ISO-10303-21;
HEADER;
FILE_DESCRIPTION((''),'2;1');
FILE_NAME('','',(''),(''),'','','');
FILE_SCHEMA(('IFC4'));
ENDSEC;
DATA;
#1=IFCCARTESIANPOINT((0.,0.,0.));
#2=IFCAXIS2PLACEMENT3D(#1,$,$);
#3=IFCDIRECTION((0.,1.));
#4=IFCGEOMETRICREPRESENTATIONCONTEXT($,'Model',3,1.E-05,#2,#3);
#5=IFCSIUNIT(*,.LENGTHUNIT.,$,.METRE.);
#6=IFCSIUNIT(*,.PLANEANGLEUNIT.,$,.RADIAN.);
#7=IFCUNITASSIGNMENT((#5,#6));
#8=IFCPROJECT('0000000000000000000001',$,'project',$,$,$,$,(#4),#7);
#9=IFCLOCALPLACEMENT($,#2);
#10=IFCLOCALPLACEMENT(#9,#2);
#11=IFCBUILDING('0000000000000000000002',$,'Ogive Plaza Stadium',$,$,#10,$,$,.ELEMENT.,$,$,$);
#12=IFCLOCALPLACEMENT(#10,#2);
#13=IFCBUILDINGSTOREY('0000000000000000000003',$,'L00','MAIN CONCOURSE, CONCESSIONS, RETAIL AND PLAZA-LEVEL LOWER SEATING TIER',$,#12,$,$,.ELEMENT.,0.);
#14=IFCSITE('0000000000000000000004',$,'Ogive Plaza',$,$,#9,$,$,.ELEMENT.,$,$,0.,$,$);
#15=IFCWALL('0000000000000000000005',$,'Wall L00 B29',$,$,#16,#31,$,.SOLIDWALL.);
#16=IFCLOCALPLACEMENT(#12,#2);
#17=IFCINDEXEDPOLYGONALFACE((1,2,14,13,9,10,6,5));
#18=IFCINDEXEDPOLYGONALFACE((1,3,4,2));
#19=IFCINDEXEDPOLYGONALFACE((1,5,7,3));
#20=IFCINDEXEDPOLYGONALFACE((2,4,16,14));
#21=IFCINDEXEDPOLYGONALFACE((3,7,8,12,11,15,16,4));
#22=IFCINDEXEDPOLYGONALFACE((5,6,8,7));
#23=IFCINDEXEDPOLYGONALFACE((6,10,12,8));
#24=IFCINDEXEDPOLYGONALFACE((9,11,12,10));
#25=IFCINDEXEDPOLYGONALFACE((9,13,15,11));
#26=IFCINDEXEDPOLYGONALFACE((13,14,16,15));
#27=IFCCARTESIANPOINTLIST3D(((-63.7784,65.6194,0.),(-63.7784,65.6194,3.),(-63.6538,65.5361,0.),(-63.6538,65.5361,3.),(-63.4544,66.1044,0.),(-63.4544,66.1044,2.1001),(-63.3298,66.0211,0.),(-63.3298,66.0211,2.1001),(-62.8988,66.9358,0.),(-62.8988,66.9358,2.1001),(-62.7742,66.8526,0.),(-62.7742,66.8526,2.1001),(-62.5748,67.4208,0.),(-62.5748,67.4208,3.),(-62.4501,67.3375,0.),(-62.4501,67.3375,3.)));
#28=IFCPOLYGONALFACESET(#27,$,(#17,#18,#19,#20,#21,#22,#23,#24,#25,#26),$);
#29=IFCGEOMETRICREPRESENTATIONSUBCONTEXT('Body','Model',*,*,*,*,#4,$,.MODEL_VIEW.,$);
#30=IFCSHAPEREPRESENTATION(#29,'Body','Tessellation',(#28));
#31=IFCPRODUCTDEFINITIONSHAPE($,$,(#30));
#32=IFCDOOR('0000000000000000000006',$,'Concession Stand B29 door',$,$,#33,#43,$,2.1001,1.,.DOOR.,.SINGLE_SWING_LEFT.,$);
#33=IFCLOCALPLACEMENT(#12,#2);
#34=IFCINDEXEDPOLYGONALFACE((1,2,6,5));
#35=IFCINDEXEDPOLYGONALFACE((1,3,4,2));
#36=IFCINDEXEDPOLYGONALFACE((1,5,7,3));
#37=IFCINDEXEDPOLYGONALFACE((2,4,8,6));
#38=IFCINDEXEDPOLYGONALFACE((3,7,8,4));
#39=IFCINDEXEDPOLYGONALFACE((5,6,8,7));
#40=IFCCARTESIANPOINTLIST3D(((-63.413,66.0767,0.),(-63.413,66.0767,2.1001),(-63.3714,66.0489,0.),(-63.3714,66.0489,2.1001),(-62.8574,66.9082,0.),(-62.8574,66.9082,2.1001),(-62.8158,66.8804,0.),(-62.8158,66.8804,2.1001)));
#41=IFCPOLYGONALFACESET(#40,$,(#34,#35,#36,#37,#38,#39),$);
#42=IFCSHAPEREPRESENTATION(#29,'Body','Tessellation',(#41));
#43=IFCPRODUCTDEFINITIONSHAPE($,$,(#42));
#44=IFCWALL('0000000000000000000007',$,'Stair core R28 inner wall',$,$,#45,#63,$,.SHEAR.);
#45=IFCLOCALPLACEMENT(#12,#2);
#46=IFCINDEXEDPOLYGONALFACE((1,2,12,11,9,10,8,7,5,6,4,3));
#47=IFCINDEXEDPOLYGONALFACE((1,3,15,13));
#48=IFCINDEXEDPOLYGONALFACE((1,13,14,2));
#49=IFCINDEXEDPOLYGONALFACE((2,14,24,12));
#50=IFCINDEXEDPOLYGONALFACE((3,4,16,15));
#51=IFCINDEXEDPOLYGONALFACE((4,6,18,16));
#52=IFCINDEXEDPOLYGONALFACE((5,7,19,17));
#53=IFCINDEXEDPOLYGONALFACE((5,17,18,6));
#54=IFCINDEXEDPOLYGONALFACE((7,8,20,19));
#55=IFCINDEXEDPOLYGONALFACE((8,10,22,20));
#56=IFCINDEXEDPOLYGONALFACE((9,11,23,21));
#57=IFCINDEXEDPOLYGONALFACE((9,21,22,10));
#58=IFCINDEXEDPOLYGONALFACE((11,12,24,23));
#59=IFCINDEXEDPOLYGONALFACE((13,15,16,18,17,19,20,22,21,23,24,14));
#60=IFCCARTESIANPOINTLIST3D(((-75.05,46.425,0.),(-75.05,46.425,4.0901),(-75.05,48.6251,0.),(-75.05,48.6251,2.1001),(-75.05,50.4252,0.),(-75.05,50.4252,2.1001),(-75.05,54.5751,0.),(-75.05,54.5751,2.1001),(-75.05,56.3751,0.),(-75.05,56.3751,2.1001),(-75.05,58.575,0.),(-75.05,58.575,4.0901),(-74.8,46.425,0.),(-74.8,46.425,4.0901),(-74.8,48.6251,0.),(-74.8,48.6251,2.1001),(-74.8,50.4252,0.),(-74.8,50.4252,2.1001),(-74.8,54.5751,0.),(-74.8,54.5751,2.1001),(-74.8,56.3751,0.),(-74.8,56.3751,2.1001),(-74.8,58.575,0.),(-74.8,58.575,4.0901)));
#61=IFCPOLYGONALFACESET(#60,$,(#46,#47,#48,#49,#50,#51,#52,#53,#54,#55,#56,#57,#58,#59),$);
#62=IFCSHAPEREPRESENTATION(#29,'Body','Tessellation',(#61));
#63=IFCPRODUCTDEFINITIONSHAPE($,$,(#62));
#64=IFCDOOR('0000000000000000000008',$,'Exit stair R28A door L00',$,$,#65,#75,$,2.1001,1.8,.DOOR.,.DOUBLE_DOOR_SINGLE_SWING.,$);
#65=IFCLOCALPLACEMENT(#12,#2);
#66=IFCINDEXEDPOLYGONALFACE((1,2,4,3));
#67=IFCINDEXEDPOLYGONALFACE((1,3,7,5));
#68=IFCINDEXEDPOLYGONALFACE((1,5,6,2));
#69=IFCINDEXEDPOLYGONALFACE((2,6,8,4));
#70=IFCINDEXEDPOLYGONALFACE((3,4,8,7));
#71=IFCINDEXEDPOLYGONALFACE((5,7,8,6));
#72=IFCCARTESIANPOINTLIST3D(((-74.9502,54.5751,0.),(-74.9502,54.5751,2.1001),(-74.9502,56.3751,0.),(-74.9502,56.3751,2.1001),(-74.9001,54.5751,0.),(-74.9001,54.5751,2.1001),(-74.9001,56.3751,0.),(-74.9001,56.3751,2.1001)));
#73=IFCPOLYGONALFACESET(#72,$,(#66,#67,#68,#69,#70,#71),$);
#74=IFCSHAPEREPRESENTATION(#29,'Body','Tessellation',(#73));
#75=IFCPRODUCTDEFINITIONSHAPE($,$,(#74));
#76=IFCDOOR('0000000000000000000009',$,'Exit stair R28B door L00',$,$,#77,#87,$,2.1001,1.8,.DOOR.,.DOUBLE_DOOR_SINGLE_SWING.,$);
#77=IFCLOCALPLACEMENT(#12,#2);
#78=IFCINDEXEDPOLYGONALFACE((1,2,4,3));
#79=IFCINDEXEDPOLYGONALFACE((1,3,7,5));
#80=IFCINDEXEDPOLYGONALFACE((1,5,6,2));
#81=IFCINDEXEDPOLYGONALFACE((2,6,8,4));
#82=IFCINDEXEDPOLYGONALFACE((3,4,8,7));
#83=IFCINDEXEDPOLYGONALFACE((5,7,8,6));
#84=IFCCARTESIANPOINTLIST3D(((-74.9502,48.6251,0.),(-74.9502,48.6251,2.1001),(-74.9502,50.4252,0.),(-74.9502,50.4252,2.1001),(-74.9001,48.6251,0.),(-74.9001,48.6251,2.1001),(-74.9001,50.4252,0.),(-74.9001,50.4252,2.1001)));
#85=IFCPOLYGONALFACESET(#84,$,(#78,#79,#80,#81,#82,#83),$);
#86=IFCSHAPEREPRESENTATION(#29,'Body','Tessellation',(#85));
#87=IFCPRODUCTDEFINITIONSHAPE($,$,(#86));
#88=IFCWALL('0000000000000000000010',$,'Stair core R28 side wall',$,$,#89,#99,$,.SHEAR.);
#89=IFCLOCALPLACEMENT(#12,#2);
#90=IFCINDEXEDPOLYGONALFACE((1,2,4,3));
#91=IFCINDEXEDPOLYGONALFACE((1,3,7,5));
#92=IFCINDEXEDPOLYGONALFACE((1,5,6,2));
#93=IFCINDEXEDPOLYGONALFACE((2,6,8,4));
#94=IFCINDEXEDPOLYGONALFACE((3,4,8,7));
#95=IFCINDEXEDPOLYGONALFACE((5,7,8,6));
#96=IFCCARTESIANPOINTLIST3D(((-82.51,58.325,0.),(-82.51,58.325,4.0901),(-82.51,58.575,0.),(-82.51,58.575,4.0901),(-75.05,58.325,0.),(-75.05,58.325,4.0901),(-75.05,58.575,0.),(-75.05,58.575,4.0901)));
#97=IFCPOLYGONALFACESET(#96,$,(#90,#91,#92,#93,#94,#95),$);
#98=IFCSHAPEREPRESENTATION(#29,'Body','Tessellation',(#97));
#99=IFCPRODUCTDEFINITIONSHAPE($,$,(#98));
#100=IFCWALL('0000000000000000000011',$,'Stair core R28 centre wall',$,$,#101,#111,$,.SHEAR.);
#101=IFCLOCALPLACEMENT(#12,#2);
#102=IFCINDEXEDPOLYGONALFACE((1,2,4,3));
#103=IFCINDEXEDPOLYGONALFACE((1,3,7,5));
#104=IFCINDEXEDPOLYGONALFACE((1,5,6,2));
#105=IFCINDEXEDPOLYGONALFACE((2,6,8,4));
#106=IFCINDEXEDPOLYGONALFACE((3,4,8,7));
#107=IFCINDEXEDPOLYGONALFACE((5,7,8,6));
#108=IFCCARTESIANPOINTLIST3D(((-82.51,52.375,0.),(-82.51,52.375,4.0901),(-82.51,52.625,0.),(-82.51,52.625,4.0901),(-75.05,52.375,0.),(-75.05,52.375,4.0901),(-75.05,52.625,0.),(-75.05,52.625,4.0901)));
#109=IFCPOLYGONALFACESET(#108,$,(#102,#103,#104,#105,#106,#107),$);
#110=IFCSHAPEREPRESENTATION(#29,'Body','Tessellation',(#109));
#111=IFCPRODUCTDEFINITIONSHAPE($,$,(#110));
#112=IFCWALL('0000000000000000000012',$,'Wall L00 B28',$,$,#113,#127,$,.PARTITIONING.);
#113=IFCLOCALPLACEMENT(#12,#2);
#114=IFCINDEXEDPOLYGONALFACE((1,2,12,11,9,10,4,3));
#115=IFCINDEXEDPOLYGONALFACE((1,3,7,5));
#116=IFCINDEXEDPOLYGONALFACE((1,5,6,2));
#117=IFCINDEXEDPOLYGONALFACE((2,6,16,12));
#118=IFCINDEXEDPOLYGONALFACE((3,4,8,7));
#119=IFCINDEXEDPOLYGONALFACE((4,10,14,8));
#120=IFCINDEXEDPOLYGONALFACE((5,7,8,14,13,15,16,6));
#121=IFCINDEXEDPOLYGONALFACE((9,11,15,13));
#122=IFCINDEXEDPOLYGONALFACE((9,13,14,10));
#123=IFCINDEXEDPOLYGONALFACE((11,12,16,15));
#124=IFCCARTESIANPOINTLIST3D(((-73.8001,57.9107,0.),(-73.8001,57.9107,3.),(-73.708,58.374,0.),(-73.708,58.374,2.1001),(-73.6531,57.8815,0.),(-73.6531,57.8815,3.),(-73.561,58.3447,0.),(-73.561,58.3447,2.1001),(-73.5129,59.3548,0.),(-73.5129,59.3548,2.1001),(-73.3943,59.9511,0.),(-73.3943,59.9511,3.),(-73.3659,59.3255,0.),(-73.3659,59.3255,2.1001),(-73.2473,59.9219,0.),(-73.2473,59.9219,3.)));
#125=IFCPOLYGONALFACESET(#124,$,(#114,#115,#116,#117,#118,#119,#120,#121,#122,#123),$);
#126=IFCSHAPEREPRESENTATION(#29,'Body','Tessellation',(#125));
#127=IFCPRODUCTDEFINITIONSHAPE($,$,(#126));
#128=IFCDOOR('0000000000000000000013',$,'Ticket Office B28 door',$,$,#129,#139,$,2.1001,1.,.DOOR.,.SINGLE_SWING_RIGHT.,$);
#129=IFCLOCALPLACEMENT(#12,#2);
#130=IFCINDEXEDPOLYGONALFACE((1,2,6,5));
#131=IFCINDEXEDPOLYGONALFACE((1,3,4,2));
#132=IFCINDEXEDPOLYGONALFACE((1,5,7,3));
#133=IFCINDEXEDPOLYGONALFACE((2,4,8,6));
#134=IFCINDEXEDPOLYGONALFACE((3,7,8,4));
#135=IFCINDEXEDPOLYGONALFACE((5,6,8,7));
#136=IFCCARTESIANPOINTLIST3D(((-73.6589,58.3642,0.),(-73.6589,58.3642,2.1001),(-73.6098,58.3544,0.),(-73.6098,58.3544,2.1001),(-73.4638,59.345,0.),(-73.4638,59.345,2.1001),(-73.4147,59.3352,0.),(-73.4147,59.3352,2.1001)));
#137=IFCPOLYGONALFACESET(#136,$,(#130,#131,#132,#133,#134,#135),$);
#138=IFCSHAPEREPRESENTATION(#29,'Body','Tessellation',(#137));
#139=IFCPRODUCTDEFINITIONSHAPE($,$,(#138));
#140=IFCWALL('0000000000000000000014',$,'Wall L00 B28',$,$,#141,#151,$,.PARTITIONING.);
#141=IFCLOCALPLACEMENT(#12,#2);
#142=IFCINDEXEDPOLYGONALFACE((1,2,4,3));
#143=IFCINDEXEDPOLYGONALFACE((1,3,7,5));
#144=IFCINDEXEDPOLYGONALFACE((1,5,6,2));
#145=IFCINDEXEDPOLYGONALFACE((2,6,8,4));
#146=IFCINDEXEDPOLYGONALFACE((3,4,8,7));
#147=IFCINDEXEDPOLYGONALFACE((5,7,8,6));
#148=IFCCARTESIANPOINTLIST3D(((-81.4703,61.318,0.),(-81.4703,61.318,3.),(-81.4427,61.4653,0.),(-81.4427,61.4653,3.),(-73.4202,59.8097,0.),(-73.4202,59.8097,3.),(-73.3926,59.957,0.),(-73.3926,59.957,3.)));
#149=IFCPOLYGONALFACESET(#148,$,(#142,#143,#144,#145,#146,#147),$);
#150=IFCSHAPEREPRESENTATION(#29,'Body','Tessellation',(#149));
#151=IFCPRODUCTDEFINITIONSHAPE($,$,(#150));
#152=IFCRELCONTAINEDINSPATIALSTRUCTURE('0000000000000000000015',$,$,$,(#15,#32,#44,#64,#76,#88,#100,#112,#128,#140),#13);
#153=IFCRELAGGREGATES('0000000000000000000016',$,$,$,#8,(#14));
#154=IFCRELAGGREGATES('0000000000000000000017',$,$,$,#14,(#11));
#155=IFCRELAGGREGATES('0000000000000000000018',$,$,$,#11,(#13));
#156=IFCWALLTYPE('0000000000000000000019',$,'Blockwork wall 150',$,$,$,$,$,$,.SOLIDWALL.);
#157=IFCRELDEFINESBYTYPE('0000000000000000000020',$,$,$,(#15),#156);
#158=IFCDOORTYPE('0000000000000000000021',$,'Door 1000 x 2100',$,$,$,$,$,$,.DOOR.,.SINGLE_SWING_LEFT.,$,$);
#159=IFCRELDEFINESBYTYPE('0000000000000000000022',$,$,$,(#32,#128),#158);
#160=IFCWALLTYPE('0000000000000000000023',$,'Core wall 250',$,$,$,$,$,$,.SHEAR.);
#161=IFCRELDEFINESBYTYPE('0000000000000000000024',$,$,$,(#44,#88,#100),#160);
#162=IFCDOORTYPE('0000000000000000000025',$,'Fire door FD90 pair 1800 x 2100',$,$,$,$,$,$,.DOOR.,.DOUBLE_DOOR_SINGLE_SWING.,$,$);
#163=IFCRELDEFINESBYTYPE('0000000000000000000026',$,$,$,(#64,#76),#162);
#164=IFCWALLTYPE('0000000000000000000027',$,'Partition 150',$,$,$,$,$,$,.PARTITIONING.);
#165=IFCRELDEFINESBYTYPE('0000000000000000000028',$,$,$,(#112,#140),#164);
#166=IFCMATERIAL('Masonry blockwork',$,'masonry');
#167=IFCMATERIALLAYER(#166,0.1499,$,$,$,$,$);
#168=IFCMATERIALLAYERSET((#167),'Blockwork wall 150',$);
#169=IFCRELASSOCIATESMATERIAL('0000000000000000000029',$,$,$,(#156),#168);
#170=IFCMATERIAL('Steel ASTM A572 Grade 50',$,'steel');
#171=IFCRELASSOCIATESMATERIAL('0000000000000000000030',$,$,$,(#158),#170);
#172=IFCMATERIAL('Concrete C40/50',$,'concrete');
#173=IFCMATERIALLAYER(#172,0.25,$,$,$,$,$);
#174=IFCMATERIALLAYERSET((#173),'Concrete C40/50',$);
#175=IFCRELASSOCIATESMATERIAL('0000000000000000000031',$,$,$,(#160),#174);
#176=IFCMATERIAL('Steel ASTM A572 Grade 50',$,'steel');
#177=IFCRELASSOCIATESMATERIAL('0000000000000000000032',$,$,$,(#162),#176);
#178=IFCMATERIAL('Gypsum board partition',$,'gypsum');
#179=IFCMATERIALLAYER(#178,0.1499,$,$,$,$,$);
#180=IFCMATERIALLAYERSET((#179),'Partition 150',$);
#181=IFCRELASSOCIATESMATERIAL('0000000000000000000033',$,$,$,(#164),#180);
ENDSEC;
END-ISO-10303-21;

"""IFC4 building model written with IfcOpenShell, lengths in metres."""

from ifc_helpers import new_model, si_unit, direction, frame, frame_2d, origin, place, context, subcontext, project, spatial, rectangle, extrude, material, layer, layer_set, type_object, element, fill, save


model = new_model("IFC4")

# Units and contexts
model_context = context("Model", 3, precision=1e-05, world=origin(), true_north=direction((0.0, 1.0)))
body_context = subcontext(model_context, "Body", "Model", "MODEL_VIEW")
ifc_project = project(units=[si_unit("LENGTHUNIT", "METRE"), si_unit("PLANEANGLEUNIT", "RADIAN")], contexts=[model_context])

# Site, building, storey
site_placement = place(None, origin())
site = spatial("IfcSite", under=ifc_project, at=site_placement, Name="Ogive Plaza", CompositionType="ELEMENT", RefElevation=0.0)
building_placement = place(site_placement, origin())
building = spatial("IfcBuilding", under=site, at=building_placement, Name="Ogive Plaza Stadium", CompositionType="ELEMENT")
storey_placement = place(building_placement, origin())
storey = spatial("IfcBuildingStorey", under=building, at=storey_placement, Name="L00", Description="MAIN CONCOURSE, CONCESSIONS, RETAIL AND PLAZA-LEVEL LOWER SEATING TIER", CompositionType="ELEMENT", Elevation=0.0)

# Wall, opening, door
ifc_material_1 = material(Name="Masonry blockwork", Category="masonry")
ifc_layer_1 = layer(ifc_material_1, 0.1499)
ifc_layer_set_1 = layer_set([ifc_layer_1], Name="Blockwork wall 150")
wall_type_1 = type_object("IfcWallType", Name="Blockwork wall 150", PredefinedType="SOLIDWALL", material=ifc_layer_set_1)
ifc_material_2 = material(Name="Steel ASTM A572 Grade 50", Category="steel")
door_type_1 = type_object("IfcDoorType", Name="Door 1000 x 2100", OperationType="SINGLE_SWING_LEFT", PredefinedType="DOOR", material=ifc_material_2)
wall_1_placement = place(storey_placement, frame((-62.5125, 67.3792, 0.0), z_axis=(0.0, 0.0, 1.0), x_axis=(-0.555584, -0.83146, 0.0)))
wall_1 = element("IfcWall", 1, at=wall_1_placement, inside=storey, type_object=wall_type_1, Name="Wall L00 B29", PredefinedType="SOLIDWALL", context=body_context, shape_type="SweptSolid", body=[
    extrude(rectangle(XDim=2.1665, YDim=0.1499, at=frame_2d((1.0833, 0.0))), origin(), (0.0, 0.0, 1.0), 3.0),
])
opening_1_placement = place(wall_1_placement, frame((0.5833, 0.0, 0.0)))
opening_1 = element("IfcOpeningElement", 2, at=opening_1_placement, cuts=wall_1, PredefinedType="OPENING", context=body_context, shape_type="SweptSolid", body=[
    extrude(rectangle(XDim=1.0, YDim=2.1001, at=frame_2d((0.5, 1.05))), frame((0.0, 0.075, 0.0), z_axis=(0.0, -1.0, 0.0), x_axis=(1.0, 0.0, 0.0)), (0.0, 0.0, 1.0), 0.1499),
])
door_1_placement = place(opening_1_placement, origin())
door_1 = element("IfcDoor", 3, at=door_1_placement, inside=storey, type_object=door_type_1, Name="Concession Stand B29 door", OperationType="SINGLE_SWING_LEFT", OverallHeight=2.1001, OverallWidth=1.0, PredefinedType="DOOR", context=body_context, shape_type="SweptSolid", body=[
    extrude(rectangle(XDim=1.0, YDim=2.1001, at=frame_2d((0.5, 1.05))), frame((0.0, 0.0249, 0.0), z_axis=(0.0, -1.0, 0.0), x_axis=(1.0, 0.0, 0.0)), (0.0, 0.0, 1.0), 0.05),
])
fill(opening_1, door_1)

# Wall, openings, doors
ifc_material_3 = material(Name="Concrete C40/50", Category="concrete")
ifc_layer_2 = layer(ifc_material_3, 0.25)
ifc_layer_set_2 = layer_set([ifc_layer_2], Name="Concrete C40/50")
wall_type_2 = type_object("IfcWallType", Name="Core wall 250", PredefinedType="SHEAR", material=ifc_layer_set_2)
wall_2_placement = place(storey_placement, frame((-74.925, 58.575, 0.0), z_axis=(0.0, 0.0, 1.0), x_axis=(0.0, -1.0, 0.0)))
wall_2 = element("IfcWall", 4, at=wall_2_placement, inside=storey, type_object=wall_type_2, Name="Stair core R28 inner wall", PredefinedType="SHEAR", context=body_context, shape_type="SweptSolid", body=[
    extrude(rectangle(XDim=12.1499, YDim=0.25, at=frame_2d((6.075, 0.0))), origin(), (0.0, 0.0, 1.0), 4.0901),
])
opening_2_placement = place(wall_2_placement, frame((2.2, 0.0, 0.0)))
opening_2 = element("IfcOpeningElement", 5, at=opening_2_placement, cuts=wall_2, PredefinedType="OPENING", context=body_context, shape_type="SweptSolid", body=[
    extrude(rectangle(XDim=1.8, YDim=2.1001, at=frame_2d((0.8999, 1.05))), frame((0.0, 0.125, 0.0), z_axis=(0.0, -1.0, 0.0), x_axis=(1.0, 0.0, 0.0)), (0.0, 0.0, 1.0), 0.25),
])
opening_3_placement = place(wall_2_placement, frame((8.1499, 0.0, 0.0)))
opening_3 = element("IfcOpeningElement", 6, at=opening_3_placement, cuts=wall_2, PredefinedType="OPENING", context=body_context, shape_type="SweptSolid", body=[
    extrude(rectangle(XDim=1.8, YDim=2.1001, at=frame_2d((0.8999, 1.05))), frame((0.0, 0.125, 0.0), z_axis=(0.0, -1.0, 0.0), x_axis=(1.0, 0.0, 0.0)), (0.0, 0.0, 1.0), 0.25),
])
ifc_material_4 = material(Name="Steel ASTM A572 Grade 50", Category="steel")
door_type_2 = type_object("IfcDoorType", Name="Fire door FD90 pair 1800 x 2100", OperationType="DOUBLE_DOOR_SINGLE_SWING", PredefinedType="DOOR", material=ifc_material_4)
door_2_placement = place(opening_2_placement, origin())
door_2 = element("IfcDoor", 7, at=door_2_placement, inside=storey, type_object=door_type_2, Name="Exit stair R28A door L00", OperationType="DOUBLE_DOOR_SINGLE_SWING", OverallHeight=2.1001, OverallWidth=1.8, PredefinedType="DOOR", context=body_context, shape_type="SweptSolid", body=[
    extrude(rectangle(XDim=1.8, YDim=2.1001, at=frame_2d((0.8999, 1.05))), frame((0.0, 0.0249, 0.0), z_axis=(0.0, -1.0, 0.0), x_axis=(1.0, 0.0, 0.0)), (0.0, 0.0, 1.0), 0.05),
])
fill(opening_2, door_2)
door_3_placement = place(opening_3_placement, origin())
door_3 = element("IfcDoor", 8, at=door_3_placement, inside=storey, type_object=door_type_2, Name="Exit stair R28B door L00", OperationType="DOUBLE_DOOR_SINGLE_SWING", OverallHeight=2.1001, OverallWidth=1.8, PredefinedType="DOOR", context=body_context, shape_type="SweptSolid", body=[
    extrude(rectangle(XDim=1.8, YDim=2.1001, at=frame_2d((0.8999, 1.05))), frame((0.0, 0.0249, 0.0), z_axis=(0.0, -1.0, 0.0), x_axis=(1.0, 0.0, 0.0)), (0.0, 0.0, 1.0), 0.05),
])
fill(opening_3, door_3)

# Walls
for number, where, z_axis, x_axis, name in (
    (9, (-75.05, 58.45, 0.0), (0.0, 0.0, 1.0), (-1.0, 0.0, 0.0), "Stair core R28 side wall"),
    (10, (-75.05, 52.5, 0.0), (0.0, 0.0, 1.0), (-1.0, 0.0, 0.0), "Stair core R28 centre wall"),
):
    element("IfcWall", number, at=place(storey_placement, frame(where, z_axis=z_axis, x_axis=x_axis)), inside=storey, type_object=wall_type_2, Name=name, PredefinedType="SHEAR", context=body_context, shape_type="SweptSolid", body=[
        extrude(rectangle(XDim=7.46, YDim=0.25, at=frame_2d((3.73, 0.0))), origin(), (0.0, 0.0, 1.0), 4.0901),
    ])

# Wall, opening, door
ifc_material_5 = material(Name="Gypsum board partition", Category="gypsum")
ifc_layer_3 = layer(ifc_material_5, 0.1499)
ifc_layer_set_3 = layer_set([ifc_layer_3], Name="Partition 150")
wall_type_3 = type_object("IfcWallType", Name="Partition 150", PredefinedType="PARTITIONING", material=ifc_layer_set_3)
wall_3_placement = place(storey_placement, frame((-73.7266, 57.8962, 0.0), z_axis=(0.0, 0.0, 1.0), x_axis=(0.195055, 0.980792, 0.0)))
wall_3 = element("IfcWall", 11, at=wall_3_placement, inside=storey, type_object=wall_type_3, Name="Wall L00 B28", PredefinedType="PARTITIONING", context=body_context, shape_type="SweptSolid", body=[
    extrude(rectangle(XDim=2.0803, YDim=0.1499, at=frame_2d((1.04, 0.0))), origin(), (0.0, 0.0, 1.0), 3.0),
])
opening_4_placement = place(wall_3_placement, frame((0.4722, 0.0, 0.0)))
opening_4 = element("IfcOpeningElement", 12, at=opening_4_placement, cuts=wall_3, PredefinedType="OPENING", context=body_context, shape_type="SweptSolid", body=[
    extrude(rectangle(XDim=1.0, YDim=2.1001, at=frame_2d((0.5, 1.05))), frame((0.0, 0.075, 0.0), z_axis=(0.0, -1.0, 0.0), x_axis=(1.0, 0.0, 0.0)), (0.0, 0.0, 1.0), 0.1499),
])
door_4_placement = place(opening_4_placement, origin())
door_4 = element("IfcDoor", 13, at=door_4_placement, inside=storey, type_object=door_type_1, Name="Ticket Office B28 door", OperationType="SINGLE_SWING_RIGHT", OverallHeight=2.1001, OverallWidth=1.0, PredefinedType="DOOR", context=body_context, shape_type="SweptSolid", body=[
    extrude(rectangle(XDim=1.0, YDim=2.1001, at=frame_2d((0.5, 1.05))), frame((0.0, 0.0249, 0.0), z_axis=(0.0, -1.0, 0.0), x_axis=(1.0, 0.0, 0.0)), (0.0, 0.0, 1.0), 0.05),
])
fill(opening_4, door_4)

# Wall
wall_4_placement = place(storey_placement, frame((-73.4062, 59.8833, 0.0), z_axis=(0.0, 0.0, 1.0), x_axis=(-0.982896, 0.184161, 0.0)))
element("IfcWall", 14, at=wall_4_placement, inside=storey, type_object=wall_type_3, Name="Wall L00 B28", PredefinedType="PARTITIONING", context=body_context, shape_type="SweptSolid", body=[
    extrude(rectangle(XDim=8.1902, YDim=0.1499, at=frame_2d((4.0952, 0.0))), origin(), (0.0, 0.0, 1.0), 3.0),
])

save(model, "model.ifc")
